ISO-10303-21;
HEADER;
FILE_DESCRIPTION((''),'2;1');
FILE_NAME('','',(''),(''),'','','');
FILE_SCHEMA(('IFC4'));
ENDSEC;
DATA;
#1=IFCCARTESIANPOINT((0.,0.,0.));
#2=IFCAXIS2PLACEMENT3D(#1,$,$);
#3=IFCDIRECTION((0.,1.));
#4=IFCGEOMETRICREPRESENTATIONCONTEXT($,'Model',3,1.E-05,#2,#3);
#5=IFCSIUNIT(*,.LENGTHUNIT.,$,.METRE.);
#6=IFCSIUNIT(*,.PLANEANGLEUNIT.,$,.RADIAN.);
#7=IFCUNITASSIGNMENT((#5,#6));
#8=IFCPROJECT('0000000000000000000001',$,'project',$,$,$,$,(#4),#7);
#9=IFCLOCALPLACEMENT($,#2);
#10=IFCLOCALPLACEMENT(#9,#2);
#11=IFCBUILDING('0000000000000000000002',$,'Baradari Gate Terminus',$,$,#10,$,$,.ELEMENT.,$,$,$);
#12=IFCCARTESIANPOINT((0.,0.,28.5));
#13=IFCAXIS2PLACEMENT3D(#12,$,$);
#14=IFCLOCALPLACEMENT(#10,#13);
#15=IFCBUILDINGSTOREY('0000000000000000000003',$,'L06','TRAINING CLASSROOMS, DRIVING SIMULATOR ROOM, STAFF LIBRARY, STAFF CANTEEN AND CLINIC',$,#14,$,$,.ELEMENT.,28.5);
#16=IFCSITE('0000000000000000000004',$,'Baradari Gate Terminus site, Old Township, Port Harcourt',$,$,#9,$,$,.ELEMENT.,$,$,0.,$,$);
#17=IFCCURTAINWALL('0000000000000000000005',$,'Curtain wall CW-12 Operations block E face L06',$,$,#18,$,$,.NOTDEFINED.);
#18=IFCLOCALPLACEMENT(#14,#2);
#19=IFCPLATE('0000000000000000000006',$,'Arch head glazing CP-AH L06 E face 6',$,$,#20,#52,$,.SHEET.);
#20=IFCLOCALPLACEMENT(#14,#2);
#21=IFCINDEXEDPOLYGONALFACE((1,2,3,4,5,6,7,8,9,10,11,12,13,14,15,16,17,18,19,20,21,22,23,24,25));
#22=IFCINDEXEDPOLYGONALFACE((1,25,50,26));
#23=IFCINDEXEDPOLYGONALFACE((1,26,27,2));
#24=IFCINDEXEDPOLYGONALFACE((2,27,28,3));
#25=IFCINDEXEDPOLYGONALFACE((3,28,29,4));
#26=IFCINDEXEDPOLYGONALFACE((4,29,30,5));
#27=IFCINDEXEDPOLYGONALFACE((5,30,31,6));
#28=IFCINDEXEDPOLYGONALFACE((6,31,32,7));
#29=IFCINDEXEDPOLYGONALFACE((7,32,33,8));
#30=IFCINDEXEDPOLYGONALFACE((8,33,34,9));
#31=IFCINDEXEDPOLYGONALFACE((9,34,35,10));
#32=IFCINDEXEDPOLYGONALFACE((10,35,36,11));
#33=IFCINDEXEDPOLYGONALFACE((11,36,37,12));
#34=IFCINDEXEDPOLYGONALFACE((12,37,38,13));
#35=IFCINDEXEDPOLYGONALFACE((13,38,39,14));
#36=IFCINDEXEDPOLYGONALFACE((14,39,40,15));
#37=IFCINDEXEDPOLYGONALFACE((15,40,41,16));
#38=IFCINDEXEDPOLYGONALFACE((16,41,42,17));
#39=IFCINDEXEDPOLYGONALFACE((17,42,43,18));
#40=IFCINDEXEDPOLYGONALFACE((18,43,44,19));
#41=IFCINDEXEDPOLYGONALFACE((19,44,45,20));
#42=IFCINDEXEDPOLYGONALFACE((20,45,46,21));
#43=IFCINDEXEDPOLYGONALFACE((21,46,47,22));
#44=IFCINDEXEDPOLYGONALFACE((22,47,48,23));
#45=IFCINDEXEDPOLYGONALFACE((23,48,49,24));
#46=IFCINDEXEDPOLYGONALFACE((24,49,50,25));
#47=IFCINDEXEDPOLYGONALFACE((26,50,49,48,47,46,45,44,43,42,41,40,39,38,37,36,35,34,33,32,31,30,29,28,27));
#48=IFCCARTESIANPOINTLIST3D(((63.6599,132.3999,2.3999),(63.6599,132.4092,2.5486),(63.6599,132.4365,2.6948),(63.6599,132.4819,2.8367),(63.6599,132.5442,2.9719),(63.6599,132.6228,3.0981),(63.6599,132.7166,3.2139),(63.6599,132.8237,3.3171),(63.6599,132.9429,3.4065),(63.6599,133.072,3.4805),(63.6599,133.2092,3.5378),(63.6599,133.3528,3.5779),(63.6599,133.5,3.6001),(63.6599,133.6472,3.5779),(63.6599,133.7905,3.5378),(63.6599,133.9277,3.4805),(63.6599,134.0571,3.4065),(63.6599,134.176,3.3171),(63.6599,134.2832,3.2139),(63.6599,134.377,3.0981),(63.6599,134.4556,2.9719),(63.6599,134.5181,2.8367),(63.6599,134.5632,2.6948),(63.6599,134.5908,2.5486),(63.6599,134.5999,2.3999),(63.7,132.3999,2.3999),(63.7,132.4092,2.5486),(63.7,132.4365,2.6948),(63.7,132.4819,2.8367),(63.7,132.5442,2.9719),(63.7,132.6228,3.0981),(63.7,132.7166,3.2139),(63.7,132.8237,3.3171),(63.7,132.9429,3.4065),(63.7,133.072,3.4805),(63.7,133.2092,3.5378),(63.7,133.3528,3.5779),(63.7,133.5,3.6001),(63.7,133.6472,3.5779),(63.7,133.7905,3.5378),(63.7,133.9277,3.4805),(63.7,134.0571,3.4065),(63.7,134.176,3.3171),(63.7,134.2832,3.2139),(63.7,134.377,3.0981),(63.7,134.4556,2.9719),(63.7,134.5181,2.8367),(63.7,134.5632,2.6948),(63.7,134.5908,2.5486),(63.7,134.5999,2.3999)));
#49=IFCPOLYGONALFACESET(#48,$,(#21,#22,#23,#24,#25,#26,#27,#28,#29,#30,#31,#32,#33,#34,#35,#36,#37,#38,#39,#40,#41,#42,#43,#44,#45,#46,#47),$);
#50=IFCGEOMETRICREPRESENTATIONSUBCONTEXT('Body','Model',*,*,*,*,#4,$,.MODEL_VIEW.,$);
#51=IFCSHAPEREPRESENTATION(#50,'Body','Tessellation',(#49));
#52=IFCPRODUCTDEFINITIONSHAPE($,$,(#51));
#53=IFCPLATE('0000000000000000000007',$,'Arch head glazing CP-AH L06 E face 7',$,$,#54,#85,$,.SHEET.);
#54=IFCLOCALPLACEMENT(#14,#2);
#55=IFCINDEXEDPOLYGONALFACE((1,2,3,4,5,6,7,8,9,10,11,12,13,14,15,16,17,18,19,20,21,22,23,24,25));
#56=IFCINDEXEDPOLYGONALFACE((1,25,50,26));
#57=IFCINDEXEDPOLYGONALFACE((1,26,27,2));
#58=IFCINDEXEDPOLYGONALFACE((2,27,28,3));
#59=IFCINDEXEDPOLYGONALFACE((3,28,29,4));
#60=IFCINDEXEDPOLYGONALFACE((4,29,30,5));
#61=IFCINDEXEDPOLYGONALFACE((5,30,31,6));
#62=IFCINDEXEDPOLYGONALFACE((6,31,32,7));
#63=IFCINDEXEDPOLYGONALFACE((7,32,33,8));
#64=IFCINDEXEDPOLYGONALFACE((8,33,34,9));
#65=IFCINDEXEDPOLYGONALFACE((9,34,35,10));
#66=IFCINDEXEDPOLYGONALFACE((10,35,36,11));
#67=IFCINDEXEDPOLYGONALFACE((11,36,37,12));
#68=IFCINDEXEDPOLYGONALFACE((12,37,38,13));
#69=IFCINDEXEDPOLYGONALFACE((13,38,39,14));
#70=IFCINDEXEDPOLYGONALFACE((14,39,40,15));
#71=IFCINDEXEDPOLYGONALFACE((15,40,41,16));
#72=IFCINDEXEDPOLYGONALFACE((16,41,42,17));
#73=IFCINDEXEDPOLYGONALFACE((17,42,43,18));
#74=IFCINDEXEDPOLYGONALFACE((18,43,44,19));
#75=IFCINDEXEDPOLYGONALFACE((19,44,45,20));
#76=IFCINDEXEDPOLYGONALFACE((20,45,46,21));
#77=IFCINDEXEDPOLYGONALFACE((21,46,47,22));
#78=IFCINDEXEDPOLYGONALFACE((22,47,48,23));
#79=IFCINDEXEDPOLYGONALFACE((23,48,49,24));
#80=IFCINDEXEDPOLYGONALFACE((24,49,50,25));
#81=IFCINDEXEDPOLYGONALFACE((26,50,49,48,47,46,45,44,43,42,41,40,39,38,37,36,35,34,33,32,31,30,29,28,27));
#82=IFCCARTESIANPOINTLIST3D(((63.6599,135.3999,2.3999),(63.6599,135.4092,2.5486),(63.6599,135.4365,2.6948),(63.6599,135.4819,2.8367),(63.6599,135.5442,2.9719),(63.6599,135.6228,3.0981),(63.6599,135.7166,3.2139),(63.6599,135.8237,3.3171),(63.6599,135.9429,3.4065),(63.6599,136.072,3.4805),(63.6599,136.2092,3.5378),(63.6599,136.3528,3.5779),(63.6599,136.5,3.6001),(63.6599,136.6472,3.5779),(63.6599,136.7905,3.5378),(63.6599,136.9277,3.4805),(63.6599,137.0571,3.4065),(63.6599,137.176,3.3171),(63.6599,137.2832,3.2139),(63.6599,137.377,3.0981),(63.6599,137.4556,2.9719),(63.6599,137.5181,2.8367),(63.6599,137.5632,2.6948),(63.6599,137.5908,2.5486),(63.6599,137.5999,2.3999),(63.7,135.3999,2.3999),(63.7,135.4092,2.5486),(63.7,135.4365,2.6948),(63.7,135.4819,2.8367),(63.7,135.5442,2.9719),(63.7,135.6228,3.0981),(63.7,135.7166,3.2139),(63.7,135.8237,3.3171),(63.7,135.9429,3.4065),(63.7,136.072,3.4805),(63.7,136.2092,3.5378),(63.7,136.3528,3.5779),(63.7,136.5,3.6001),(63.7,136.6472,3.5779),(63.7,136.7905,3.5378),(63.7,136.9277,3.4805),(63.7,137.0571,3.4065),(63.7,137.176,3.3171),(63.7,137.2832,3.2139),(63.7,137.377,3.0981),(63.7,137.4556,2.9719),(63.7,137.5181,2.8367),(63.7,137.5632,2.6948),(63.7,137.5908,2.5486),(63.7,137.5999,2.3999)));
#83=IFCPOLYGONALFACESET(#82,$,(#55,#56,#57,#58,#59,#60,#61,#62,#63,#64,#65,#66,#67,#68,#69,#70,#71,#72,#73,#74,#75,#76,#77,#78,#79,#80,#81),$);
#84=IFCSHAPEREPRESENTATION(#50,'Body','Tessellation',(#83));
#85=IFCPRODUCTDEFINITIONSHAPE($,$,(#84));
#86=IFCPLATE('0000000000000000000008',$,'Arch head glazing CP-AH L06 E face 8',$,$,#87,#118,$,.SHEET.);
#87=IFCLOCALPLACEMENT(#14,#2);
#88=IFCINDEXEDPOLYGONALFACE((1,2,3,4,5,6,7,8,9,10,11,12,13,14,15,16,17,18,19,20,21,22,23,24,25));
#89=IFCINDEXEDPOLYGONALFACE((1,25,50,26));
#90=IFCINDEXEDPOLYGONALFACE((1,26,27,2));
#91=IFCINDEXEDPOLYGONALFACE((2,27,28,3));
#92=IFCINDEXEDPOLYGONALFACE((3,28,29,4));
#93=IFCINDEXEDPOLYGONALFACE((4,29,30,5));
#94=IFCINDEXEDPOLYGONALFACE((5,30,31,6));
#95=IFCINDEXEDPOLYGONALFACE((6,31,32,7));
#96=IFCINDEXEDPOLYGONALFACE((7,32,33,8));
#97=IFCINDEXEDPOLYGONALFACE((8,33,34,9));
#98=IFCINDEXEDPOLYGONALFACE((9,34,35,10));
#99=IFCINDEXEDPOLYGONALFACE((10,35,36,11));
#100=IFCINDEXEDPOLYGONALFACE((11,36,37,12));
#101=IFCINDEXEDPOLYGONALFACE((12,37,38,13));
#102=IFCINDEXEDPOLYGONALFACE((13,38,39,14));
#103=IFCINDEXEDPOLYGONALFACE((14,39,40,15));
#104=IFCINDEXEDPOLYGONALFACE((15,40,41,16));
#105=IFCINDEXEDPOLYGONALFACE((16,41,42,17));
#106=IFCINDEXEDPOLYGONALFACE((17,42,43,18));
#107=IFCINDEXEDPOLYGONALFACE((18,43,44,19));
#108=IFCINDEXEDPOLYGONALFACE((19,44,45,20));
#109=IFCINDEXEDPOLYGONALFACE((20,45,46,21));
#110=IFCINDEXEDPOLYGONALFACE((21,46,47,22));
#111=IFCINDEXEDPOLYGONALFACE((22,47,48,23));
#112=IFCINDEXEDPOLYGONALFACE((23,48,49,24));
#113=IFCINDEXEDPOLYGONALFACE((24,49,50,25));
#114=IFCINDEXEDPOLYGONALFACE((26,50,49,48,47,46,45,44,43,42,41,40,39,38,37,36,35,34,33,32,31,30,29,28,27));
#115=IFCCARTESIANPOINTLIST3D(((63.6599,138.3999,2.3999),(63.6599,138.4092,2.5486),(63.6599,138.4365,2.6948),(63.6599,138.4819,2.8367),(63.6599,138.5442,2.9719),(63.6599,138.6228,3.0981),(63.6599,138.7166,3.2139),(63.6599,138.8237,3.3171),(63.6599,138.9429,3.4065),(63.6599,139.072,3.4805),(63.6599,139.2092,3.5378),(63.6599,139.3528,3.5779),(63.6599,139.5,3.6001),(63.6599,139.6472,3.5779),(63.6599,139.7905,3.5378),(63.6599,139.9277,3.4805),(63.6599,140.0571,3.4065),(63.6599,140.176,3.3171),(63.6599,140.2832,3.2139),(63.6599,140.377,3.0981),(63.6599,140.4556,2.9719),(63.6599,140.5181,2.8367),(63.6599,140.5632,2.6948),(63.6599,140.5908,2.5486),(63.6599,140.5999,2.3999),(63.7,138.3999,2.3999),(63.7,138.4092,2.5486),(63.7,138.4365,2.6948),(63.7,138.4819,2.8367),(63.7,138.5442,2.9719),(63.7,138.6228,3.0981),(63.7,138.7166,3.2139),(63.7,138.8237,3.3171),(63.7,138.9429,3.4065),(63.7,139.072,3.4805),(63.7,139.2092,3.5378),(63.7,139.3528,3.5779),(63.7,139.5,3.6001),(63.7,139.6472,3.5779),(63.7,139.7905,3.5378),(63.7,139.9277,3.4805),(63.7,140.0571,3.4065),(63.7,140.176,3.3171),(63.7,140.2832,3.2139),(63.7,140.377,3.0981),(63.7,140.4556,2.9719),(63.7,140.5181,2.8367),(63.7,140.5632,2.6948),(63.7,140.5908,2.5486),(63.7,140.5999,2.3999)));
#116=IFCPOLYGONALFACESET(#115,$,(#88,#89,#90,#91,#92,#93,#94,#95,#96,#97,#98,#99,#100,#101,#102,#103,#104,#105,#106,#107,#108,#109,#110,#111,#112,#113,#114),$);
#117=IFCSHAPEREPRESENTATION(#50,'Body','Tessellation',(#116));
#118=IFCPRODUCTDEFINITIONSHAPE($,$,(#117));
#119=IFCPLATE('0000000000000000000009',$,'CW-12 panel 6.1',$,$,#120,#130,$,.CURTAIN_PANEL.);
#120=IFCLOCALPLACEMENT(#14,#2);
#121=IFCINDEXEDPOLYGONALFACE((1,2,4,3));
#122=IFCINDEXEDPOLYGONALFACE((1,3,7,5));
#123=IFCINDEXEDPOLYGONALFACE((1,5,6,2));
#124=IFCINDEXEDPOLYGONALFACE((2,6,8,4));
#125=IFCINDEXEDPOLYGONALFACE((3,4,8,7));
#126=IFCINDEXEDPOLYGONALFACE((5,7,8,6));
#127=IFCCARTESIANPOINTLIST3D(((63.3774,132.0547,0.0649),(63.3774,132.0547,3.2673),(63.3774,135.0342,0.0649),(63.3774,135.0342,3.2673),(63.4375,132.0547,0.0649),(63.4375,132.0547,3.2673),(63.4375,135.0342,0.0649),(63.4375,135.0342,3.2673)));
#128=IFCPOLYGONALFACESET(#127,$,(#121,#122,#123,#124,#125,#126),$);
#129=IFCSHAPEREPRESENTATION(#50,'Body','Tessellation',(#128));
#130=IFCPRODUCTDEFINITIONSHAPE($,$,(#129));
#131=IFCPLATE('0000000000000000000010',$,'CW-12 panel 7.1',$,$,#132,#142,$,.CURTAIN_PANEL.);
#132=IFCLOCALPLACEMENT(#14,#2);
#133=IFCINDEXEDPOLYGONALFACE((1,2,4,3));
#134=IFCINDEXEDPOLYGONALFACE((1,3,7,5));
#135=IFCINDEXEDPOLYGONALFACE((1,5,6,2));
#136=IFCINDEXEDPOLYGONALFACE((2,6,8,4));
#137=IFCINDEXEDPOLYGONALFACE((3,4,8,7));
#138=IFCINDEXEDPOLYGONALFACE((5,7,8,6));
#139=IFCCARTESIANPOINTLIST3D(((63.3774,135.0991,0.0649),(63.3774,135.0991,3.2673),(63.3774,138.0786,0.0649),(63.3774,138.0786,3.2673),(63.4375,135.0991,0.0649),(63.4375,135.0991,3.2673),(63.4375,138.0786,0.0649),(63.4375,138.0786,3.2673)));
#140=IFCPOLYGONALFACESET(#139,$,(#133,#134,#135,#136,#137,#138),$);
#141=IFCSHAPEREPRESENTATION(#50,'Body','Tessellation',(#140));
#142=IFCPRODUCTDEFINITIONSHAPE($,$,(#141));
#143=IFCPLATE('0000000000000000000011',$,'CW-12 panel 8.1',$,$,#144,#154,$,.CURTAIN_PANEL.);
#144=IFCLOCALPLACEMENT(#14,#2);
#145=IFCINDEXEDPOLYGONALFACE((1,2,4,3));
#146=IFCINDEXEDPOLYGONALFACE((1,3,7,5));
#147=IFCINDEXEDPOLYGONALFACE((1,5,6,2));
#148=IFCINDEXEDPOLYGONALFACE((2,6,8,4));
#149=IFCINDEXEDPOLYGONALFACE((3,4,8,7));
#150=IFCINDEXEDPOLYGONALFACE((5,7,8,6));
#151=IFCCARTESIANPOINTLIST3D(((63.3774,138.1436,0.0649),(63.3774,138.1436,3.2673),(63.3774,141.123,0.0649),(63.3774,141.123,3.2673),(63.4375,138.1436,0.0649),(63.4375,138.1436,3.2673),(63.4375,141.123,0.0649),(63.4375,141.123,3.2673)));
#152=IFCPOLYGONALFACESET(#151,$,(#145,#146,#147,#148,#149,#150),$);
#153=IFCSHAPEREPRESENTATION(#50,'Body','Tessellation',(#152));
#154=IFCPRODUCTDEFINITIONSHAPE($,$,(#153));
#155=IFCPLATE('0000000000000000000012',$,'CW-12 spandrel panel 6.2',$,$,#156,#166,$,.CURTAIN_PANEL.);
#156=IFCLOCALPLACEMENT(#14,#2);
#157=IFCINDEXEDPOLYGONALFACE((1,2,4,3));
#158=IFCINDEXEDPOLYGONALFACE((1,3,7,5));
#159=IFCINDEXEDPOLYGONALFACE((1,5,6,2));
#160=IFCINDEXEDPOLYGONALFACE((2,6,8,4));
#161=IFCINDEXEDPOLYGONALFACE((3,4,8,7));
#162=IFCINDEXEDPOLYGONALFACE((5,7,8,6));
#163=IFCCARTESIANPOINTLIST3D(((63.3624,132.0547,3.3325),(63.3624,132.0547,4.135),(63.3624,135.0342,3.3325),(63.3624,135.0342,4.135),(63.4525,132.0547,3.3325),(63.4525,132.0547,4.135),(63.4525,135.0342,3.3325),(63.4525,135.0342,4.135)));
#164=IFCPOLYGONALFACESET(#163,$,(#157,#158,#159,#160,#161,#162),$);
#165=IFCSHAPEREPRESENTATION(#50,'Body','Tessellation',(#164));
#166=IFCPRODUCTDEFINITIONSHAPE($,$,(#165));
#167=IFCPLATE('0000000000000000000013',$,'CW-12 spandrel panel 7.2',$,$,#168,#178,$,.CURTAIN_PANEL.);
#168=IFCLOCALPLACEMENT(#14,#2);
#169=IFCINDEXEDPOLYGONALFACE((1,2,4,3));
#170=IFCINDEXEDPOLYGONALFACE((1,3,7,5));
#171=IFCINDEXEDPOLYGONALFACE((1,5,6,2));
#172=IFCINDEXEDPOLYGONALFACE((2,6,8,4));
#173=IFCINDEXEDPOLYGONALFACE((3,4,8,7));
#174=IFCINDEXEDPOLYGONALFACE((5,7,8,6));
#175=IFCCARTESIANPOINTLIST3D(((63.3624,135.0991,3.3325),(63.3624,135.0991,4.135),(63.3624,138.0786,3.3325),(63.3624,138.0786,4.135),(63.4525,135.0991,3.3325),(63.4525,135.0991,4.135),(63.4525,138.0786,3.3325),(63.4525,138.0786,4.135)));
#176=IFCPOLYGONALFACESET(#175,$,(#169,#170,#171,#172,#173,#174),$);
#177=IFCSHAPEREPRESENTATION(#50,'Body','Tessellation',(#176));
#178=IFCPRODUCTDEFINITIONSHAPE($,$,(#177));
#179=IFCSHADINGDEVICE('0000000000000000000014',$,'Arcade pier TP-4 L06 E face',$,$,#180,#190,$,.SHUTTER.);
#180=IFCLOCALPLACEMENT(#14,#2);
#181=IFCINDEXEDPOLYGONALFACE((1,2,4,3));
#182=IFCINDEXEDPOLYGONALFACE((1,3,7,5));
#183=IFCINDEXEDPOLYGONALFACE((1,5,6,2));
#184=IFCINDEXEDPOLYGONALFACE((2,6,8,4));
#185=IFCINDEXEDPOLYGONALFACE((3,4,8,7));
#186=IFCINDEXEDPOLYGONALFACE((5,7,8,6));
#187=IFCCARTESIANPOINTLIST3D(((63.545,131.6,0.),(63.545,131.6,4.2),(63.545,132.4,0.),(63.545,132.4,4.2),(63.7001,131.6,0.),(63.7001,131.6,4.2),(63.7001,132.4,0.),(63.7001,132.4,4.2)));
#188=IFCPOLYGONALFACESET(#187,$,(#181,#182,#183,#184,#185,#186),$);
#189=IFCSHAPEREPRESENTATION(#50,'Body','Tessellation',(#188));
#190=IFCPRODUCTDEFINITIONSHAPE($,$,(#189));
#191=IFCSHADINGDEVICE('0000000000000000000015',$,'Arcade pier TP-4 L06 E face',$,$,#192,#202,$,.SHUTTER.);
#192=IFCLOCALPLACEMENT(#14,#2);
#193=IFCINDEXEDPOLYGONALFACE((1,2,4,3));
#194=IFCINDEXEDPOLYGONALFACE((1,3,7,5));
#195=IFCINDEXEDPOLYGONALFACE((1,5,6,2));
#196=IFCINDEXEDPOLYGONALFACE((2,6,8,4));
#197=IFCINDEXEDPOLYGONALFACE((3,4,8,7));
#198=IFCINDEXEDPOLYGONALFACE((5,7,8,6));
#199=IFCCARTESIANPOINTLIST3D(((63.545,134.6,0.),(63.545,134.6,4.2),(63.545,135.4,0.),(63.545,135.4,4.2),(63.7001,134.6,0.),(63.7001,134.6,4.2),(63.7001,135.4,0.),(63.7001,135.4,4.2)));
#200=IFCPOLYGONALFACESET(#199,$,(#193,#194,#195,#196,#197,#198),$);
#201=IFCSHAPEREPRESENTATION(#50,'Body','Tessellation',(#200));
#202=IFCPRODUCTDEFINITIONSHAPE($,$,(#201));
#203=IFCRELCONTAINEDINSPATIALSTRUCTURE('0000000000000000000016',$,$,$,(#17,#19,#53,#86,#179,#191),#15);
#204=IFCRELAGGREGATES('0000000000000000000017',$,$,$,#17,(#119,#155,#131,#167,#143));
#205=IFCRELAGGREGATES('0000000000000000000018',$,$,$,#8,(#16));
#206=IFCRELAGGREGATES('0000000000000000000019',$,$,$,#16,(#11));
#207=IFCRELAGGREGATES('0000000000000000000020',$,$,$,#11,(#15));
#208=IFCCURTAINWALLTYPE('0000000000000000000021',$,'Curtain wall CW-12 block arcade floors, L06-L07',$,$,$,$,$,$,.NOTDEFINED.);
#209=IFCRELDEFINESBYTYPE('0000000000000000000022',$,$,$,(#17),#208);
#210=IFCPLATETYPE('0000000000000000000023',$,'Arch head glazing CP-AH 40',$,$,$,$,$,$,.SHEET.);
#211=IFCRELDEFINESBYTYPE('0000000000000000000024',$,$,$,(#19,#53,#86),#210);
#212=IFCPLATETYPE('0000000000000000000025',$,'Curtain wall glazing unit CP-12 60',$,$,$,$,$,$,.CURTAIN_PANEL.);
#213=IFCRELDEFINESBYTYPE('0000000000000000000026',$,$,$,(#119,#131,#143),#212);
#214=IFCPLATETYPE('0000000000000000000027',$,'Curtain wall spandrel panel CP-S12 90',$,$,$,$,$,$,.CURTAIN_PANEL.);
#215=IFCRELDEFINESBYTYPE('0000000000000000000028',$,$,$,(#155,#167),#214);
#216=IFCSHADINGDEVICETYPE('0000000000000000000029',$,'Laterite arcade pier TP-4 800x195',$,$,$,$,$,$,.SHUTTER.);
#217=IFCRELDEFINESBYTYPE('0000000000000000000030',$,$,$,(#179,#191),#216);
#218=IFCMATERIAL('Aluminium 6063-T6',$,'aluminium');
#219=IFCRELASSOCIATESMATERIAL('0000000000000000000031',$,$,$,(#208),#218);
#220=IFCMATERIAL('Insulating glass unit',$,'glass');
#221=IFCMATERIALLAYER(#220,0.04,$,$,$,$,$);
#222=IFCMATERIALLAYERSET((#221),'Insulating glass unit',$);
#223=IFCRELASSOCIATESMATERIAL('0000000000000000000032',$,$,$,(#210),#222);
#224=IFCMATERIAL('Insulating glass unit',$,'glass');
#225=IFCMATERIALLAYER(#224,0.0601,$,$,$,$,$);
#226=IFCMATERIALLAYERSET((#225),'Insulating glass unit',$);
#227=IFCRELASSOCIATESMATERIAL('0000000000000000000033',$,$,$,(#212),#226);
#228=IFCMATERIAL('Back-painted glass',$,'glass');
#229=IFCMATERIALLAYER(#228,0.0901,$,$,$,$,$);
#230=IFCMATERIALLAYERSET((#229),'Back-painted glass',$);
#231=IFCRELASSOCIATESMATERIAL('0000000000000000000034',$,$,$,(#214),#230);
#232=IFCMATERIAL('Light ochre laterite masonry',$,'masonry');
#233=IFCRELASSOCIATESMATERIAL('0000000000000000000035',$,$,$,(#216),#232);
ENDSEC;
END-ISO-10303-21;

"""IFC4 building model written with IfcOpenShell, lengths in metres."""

from ifc_helpers import new_model, si_unit, direction, frame, origin, origin_2d, place, context, subcontext, project, spatial, polyline, rectangle, outline, extrude, material, layer, layer_set, type_object, element, aggregate, save


model = new_model("IFC4")

# Units and contexts
model_context = context("Model", 3, precision=1e-05, world=origin(), true_north=direction((0.0, 1.0)))
body_context = subcontext(model_context, "Body", "Model", "MODEL_VIEW")
ifc_project = project(units=[si_unit("LENGTHUNIT", "METRE"), si_unit("PLANEANGLEUNIT", "RADIAN")], contexts=[model_context])

# Site, building, storey
site_placement = place(None, origin())
site = spatial("IfcSite", under=ifc_project, at=site_placement, Name="Baradari Gate Terminus site, Old Township, Port Harcourt", CompositionType="ELEMENT", RefElevation=0.0)
building_placement = place(site_placement, origin())
building = spatial("IfcBuilding", under=site, at=building_placement, Name="Baradari Gate Terminus", CompositionType="ELEMENT")
storey_placement = place(building_placement, frame((0.0, 0.0, 28.5)))
storey = spatial("IfcBuildingStorey", under=building, at=storey_placement, Name="L06", Description="TRAINING CLASSROOMS, DRIVING SIMULATOR ROOM, STAFF LIBRARY, STAFF CANTEEN AND CLINIC", CompositionType="ELEMENT", Elevation=28.5)

# Curtain wall
ifc_material_1 = material(Name="Aluminium 6063-T6", Category="aluminium")
curtain_wall_type = type_object("IfcCurtainWallType", Name="Curtain wall CW-12 block arcade floors, L06-L07", PredefinedType="NOTDEFINED", material=ifc_material_1)
curtain_wall_placement = place(storey_placement, origin())
curtain_wall = element("IfcCurtainWall", 1, at=curtain_wall_placement, inside=storey, type_object=curtain_wall_type, Name="Curtain wall CW-12 Operations block E face L06", PredefinedType="NOTDEFINED")

# Plates
ifc_material_2 = material(Name="Insulating glass unit", Category="glass")
ifc_layer_1 = layer(ifc_material_2, 0.04)
ifc_layer_set_1 = layer_set([ifc_layer_1], Name="Insulating glass unit")
plate_type_1 = type_object("IfcPlateType", Name="Arch head glazing CP-AH 40", PredefinedType="SHEET", material=ifc_layer_set_1)
for number, where, z_axis, x_axis, name in (
    (2, (63.6799, 132.3999, 2.3999), (0.0, 0.0, 1.0), (0.0, 1.0, 0.0), "Arch head glazing CP-AH L06 E face 6"),
    (3, (63.6799, 135.3999, 2.3999), (0.0, 0.0, 1.0), (0.0, 1.0, 0.0), "Arch head glazing CP-AH L06 E face 7"),
    (4, (63.6799, 138.3999, 2.3999), (0.0, 0.0, 1.0), (0.0, 1.0, 0.0), "Arch head glazing CP-AH L06 E face 8"),
):
    element("IfcPlate", number, at=place(storey_placement, frame(where, z_axis=z_axis, x_axis=x_axis)), inside=storey, type_object=plate_type_1, Name=name, PredefinedType="SHEET", context=body_context, shape_type="SweptSolid", body=[
        extrude(outline(polyline([(0.0, 0.0), (2.2, 0.0), (2.1909, 0.1487), (2.1633, 0.2949), (2.1182, 0.4368), (2.0557, 0.572), (1.9771, 0.6982), (1.8833, 0.814), (1.7761, 0.9172), (1.6572, 1.0066), (1.5278, 1.0806), (1.3906, 1.1379), (1.2473, 1.178), (1.1001, 1.2002), (0.9529, 1.178), (0.8093, 1.1379), (0.6721, 1.0806), (0.543, 1.0066), (0.4238, 0.9172), (0.3167, 0.814), (0.2229, 0.6982), (0.1443, 0.572), (0.082, 0.4368), (0.0366, 0.2949), (0.0093, 0.1487), (0.0, 0.0)])), frame((0.0, 0.02, 0.0), z_axis=(0.0, -1.0, 0.0), x_axis=(1.0, 0.0, 0.0)), (0.0, 0.0, 1.0), 0.04),
    ])

# Plates
ifc_material_3 = material(Name="Insulating glass unit", Category="glass")
ifc_layer_2 = layer(ifc_material_3, 0.0601)
ifc_layer_set_2 = layer_set([ifc_layer_2], Name="Insulating glass unit")
plate_type_2 = type_object("IfcPlateType", Name="Curtain wall glazing unit CP-12 60", PredefinedType="CURTAIN_PANEL", material=ifc_layer_set_2)
plate_1_placement = place(storey_placement, frame((63.4075, 133.5444, 0.0649), z_axis=(0.0, 0.0, 1.0), x_axis=(0.0, 1.0, 0.0)))
plate_1 = element("IfcPlate", 5, at=plate_1_placement, type_object=plate_type_2, Name="CW-12 panel 6.1", PredefinedType="CURTAIN_PANEL", context=body_context, shape_type="SweptSolid", body=[
    extrude(rectangle(XDim=2.9795, YDim=0.0601, at=origin_2d()), origin(), (0.0, 0.0, 1.0), 3.2024),
])
plate_2_placement = place(storey_placement, frame((63.4075, 136.5889, 0.0649), z_axis=(0.0, 0.0, 1.0), x_axis=(0.0, 1.0, 0.0)))
plate_2 = element("IfcPlate", 6, at=plate_2_placement, type_object=plate_type_2, Name="CW-12 panel 7.1", PredefinedType="CURTAIN_PANEL", context=body_context, shape_type="SweptSolid", body=[
    extrude(rectangle(XDim=2.9795, YDim=0.0601, at=origin_2d()), origin(), (0.0, 0.0, 1.0), 3.2024),
])
plate_3_placement = place(storey_placement, frame((63.4075, 139.6333, 0.0649), z_axis=(0.0, 0.0, 1.0), x_axis=(0.0, 1.0, 0.0)))
plate_3 = element("IfcPlate", 7, at=plate_3_placement, type_object=plate_type_2, Name="CW-12 panel 8.1", PredefinedType="CURTAIN_PANEL", context=body_context, shape_type="SweptSolid", body=[
    extrude(rectangle(XDim=2.9795, YDim=0.0601, at=origin_2d()), origin(), (0.0, 0.0, 1.0), 3.2024),
])
ifc_material_4 = material(Name="Back-painted glass", Category="glass")
ifc_layer_3 = layer(ifc_material_4, 0.0901)
ifc_layer_set_3 = layer_set([ifc_layer_3], Name="Back-painted glass")
plate_type_3 = type_object("IfcPlateType", Name="Curtain wall spandrel panel CP-S12 90", PredefinedType="CURTAIN_PANEL", material=ifc_layer_set_3)
plate_4_placement = place(storey_placement, frame((63.4075, 133.5444, 3.3325), z_axis=(0.0, 0.0, 1.0), x_axis=(0.0, 1.0, 0.0)))
plate_4 = element("IfcPlate", 8, at=plate_4_placement, type_object=plate_type_3, Name="CW-12 spandrel panel 6.2", PredefinedType="CURTAIN_PANEL", context=body_context, shape_type="SweptSolid", body=[
    extrude(rectangle(XDim=2.9795, YDim=0.0901, at=origin_2d()), origin(), (0.0, 0.0, 1.0), 0.8025),
])
plate_5_placement = place(storey_placement, frame((63.4075, 136.5889, 3.3325), z_axis=(0.0, 0.0, 1.0), x_axis=(0.0, 1.0, 0.0)))
plate_5 = element("IfcPlate", 9, at=plate_5_placement, type_object=plate_type_3, Name="CW-12 spandrel panel 7.2", PredefinedType="CURTAIN_PANEL", context=body_context, shape_type="SweptSolid", body=[
    extrude(rectangle(XDim=2.9795, YDim=0.0901, at=origin_2d()), origin(), (0.0, 0.0, 1.0), 0.8025),
])
aggregate(curtain_wall, [plate_1, plate_4, plate_2, plate_5, plate_3])

# Shading devices
ifc_material_5 = material(Name="Light ochre laterite masonry", Category="masonry")
shading_device_type = type_object("IfcShadingDeviceType", Name="Laterite arcade pier TP-4 800x195", PredefinedType="SHUTTER", material=ifc_material_5)
for number, where, z_axis, x_axis, name in (
    (10, (63.6226, 132.0, 0.0), (0.0, 0.0, 1.0), (0.0, 1.0, 0.0), "Arcade pier TP-4 L06 E face"),
    (11, (63.6226, 135.0, 0.0), (0.0, 0.0, 1.0), (0.0, 1.0, 0.0), "Arcade pier TP-4 L06 E face"),
):
    element("IfcShadingDevice", number, at=place(storey_placement, frame(where, z_axis=z_axis, x_axis=x_axis)), inside=storey, type_object=shading_device_type, Name=name, PredefinedType="SHUTTER", context=body_context, shape_type="SweptSolid", body=[
        extrude(rectangle(XDim=0.8, YDim=0.155, at=origin_2d()), origin(), (0.0, 0.0, 1.0), 4.2),
    ])

save(model, "model.ifc")
